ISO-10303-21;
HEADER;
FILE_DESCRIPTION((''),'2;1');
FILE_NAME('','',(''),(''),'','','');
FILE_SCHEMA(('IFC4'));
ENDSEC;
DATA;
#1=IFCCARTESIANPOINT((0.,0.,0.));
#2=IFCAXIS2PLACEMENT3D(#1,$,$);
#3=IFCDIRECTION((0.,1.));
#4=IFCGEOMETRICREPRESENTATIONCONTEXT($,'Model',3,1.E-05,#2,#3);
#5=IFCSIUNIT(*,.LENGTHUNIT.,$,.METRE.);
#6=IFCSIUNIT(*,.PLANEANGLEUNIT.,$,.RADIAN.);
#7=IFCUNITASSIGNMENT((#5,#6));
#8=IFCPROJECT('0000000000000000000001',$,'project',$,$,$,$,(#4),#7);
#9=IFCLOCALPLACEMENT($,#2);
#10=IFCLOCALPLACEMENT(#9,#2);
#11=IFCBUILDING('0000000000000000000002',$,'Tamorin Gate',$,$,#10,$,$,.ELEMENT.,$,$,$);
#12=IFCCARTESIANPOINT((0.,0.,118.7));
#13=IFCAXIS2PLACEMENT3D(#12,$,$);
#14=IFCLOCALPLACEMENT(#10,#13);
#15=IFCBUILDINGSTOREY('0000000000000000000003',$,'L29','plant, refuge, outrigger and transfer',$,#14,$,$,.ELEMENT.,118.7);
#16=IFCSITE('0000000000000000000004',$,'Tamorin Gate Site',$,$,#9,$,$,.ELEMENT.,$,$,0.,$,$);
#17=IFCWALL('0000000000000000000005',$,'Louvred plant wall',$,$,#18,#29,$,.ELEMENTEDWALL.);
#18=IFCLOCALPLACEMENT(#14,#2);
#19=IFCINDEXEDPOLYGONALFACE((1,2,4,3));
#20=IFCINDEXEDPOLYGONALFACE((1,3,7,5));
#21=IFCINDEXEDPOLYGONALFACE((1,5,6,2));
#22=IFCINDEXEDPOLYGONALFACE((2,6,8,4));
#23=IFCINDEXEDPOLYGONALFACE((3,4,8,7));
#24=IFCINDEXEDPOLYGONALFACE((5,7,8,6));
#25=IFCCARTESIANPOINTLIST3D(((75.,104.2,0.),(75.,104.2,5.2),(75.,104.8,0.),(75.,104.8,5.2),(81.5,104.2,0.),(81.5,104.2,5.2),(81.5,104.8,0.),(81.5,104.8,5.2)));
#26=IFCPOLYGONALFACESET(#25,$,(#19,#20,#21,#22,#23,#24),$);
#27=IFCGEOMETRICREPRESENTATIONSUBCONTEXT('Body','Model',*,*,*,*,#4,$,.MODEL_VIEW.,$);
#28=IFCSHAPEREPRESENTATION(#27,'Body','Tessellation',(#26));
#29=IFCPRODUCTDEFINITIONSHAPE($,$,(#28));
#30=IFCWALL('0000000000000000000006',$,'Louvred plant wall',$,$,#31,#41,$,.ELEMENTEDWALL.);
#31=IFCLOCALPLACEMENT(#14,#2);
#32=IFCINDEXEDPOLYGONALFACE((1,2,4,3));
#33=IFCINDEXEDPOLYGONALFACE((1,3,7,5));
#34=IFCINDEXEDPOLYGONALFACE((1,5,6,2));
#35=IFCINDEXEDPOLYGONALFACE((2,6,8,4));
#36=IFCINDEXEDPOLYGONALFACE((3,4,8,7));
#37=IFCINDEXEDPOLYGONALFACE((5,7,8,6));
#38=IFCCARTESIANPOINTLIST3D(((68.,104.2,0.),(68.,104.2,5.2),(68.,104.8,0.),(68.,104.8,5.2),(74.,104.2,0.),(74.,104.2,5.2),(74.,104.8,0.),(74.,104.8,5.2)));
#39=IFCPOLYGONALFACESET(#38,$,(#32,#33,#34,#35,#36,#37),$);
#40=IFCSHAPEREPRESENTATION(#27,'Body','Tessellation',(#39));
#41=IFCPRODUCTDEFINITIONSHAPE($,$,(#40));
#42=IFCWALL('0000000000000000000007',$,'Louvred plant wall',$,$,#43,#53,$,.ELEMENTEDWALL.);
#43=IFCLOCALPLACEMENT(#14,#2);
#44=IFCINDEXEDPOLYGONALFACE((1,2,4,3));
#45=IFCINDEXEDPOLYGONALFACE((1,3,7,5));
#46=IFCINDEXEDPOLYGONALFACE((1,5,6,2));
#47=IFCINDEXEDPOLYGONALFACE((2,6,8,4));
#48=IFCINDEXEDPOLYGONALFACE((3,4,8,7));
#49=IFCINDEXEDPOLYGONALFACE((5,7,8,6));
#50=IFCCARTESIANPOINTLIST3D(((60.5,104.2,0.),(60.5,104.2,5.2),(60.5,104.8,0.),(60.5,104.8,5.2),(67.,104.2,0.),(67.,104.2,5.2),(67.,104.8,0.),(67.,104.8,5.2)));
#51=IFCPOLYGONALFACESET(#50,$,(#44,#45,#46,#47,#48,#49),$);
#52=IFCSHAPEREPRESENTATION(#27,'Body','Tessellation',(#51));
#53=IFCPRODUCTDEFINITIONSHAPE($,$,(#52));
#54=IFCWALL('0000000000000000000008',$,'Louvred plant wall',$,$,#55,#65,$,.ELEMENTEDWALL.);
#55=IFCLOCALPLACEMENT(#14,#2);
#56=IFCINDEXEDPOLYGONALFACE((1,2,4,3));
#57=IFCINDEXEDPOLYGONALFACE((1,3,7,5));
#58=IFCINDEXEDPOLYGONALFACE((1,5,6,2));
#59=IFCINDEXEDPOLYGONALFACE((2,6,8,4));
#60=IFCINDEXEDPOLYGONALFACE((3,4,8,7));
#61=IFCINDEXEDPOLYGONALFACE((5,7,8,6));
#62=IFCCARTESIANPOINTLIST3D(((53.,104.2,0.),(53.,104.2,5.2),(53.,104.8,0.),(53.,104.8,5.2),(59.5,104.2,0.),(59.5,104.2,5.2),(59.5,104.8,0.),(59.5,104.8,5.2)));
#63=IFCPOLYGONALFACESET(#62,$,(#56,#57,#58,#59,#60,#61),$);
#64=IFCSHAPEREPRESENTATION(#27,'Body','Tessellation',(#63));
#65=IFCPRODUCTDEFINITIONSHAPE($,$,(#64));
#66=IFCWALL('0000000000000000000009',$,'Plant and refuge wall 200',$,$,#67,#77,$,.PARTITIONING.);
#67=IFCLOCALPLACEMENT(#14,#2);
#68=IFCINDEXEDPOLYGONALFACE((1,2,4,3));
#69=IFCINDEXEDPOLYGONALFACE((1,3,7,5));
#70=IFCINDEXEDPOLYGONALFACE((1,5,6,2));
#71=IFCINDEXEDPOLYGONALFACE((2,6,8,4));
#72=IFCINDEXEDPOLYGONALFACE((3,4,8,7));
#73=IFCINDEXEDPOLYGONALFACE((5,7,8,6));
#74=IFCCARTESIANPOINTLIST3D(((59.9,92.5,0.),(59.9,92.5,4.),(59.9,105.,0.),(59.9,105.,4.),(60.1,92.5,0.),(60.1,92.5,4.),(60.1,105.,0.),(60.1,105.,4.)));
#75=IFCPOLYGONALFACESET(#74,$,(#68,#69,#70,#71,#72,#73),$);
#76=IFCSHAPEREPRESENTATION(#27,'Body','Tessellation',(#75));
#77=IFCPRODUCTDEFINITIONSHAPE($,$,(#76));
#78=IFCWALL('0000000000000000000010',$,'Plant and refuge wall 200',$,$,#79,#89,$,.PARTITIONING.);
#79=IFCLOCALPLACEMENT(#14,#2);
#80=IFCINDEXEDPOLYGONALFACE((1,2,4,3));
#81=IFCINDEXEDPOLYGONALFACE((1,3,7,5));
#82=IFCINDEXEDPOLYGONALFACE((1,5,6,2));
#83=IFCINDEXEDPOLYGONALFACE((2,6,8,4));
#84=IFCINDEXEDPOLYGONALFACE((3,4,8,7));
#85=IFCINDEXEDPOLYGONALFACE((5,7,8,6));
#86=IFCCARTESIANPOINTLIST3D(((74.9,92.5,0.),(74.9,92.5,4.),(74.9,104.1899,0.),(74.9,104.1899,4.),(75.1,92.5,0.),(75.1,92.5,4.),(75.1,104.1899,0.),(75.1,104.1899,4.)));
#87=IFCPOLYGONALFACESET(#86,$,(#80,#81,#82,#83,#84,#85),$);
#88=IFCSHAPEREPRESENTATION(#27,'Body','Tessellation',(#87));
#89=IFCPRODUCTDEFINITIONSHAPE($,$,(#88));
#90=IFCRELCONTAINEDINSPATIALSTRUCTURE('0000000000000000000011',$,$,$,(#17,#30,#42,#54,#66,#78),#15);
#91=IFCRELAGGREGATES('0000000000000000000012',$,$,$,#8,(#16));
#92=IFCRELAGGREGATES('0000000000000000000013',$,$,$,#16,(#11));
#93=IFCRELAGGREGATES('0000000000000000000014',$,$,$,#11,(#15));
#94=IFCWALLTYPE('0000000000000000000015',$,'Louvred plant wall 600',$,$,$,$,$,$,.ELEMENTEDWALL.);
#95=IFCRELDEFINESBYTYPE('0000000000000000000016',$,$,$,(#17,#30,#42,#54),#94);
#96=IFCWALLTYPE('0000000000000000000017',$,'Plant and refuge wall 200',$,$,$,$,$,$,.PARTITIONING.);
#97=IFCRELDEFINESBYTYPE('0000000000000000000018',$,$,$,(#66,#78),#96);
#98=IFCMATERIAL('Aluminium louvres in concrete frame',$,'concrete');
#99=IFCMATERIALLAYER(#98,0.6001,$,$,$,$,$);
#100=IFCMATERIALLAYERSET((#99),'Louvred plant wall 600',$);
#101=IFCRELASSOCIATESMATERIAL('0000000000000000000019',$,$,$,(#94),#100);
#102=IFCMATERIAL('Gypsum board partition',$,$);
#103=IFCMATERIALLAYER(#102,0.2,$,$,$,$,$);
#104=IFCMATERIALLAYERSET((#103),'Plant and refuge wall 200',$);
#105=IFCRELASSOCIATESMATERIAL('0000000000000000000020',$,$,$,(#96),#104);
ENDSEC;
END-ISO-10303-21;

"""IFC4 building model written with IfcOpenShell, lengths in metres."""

from ifc_helpers import new_model, si_unit, direction, frame, frame_2d, origin, place, context, subcontext, project, spatial, rectangle, extrude, material, layer, layer_set, type_object, element, save


model = new_model("IFC4")

# Units and contexts
model_context = context("Model", 3, precision=1e-05, world=origin(), true_north=direction((0.0, 1.0)))
body_context = subcontext(model_context, "Body", "Model", "MODEL_VIEW")
ifc_project = project(units=[si_unit("LENGTHUNIT", "METRE"), si_unit("PLANEANGLEUNIT", "RADIAN")], contexts=[model_context])

# Site, building, storey
site_placement = place(None, origin())
site = spatial("IfcSite", under=ifc_project, at=site_placement, Name="Tamorin Gate Site", CompositionType="ELEMENT", RefElevation=0.0)
building_placement = place(site_placement, origin())
building = spatial("IfcBuilding", under=site, at=building_placement, Name="Tamorin Gate", CompositionType="ELEMENT")
storey_placement = place(building_placement, frame((0.0, 0.0, 118.7)))
storey = spatial("IfcBuildingStorey", under=building, at=storey_placement, Name="L29", Description="plant, refuge, outrigger and transfer", CompositionType="ELEMENT", Elevation=118.7)

# Walls
ifc_material_1 = material(Name="Aluminium louvres in concrete frame", Category="concrete")
ifc_layer_1 = layer(ifc_material_1, 0.6001)
ifc_layer_set_1 = layer_set([ifc_layer_1], Name="Louvred plant wall 600")
wall_type_1 = type_object("IfcWallType", Name="Louvred plant wall 600", PredefinedType="ELEMENTEDWALL", material=ifc_layer_set_1)
wall_1_placement = place(storey_placement, frame((81.5, 104.5, 0.0), z_axis=(0.0, 0.0, 1.0), x_axis=(-1.0, 0.0, 0.0)))
element("IfcWall", 1, at=wall_1_placement, inside=storey, type_object=wall_type_1, Name="Louvred plant wall", PredefinedType="ELEMENTEDWALL", context=body_context, shape_type="SweptSolid", body=[
    extrude(rectangle(XDim=6.5, YDim=0.6001, at=frame_2d((3.25, 0.0))), origin(), (0.0, 0.0, 1.0), 5.2),
])
wall_2_placement = place(storey_placement, frame((74.0, 104.5, 0.0), z_axis=(0.0, 0.0, 1.0), x_axis=(-1.0, 0.0, 0.0)))
element("IfcWall", 2, at=wall_2_placement, inside=storey, type_object=wall_type_1, Name="Louvred plant wall", PredefinedType="ELEMENTEDWALL", context=body_context, shape_type="SweptSolid", body=[
    extrude(rectangle(XDim=6.0, YDim=0.6001, at=frame_2d((3.0, 0.0))), origin(), (0.0, 0.0, 1.0), 5.2),
])
for number, where, z_axis, x_axis, name in (
    (3, (67.0, 104.5, 0.0), (0.0, 0.0, 1.0), (-1.0, 0.0, 0.0), "Louvred plant wall"),
    (4, (59.5, 104.5, 0.0), (0.0, 0.0, 1.0), (-1.0, 0.0, 0.0), "Louvred plant wall"),
):
    element("IfcWall", number, at=place(storey_placement, frame(where, z_axis=z_axis, x_axis=x_axis)), inside=storey, type_object=wall_type_1, Name=name, PredefinedType="ELEMENTEDWALL", context=body_context, shape_type="SweptSolid", body=[
        extrude(rectangle(XDim=6.5, YDim=0.6001, at=frame_2d((3.25, 0.0))), origin(), (0.0, 0.0, 1.0), 5.2),
    ])
ifc_material_2 = material(Name="Gypsum board partition")
ifc_layer_2 = layer(ifc_material_2, 0.2)
ifc_layer_set_2 = layer_set([ifc_layer_2], Name="Plant and refuge wall 200")
wall_type_2 = type_object("IfcWallType", Name="Plant and refuge wall 200", PredefinedType="PARTITIONING", material=ifc_layer_set_2)
wall_3_placement = place(storey_placement, frame((60.0, 92.5, 0.0), z_axis=(0.0, 0.0, 1.0), x_axis=(0.0, 1.0, 0.0)))
element("IfcWall", 5, at=wall_3_placement, inside=storey, type_object=wall_type_2, Name="Plant and refuge wall 200", PredefinedType="PARTITIONING", context=body_context, shape_type="SweptSolid", body=[
    extrude(rectangle(XDim=12.5, YDim=0.2, at=frame_2d((6.25, 0.0))), origin(), (0.0, 0.0, 1.0), 4.0),
])
wall_4_placement = place(storey_placement, frame((75.0, 92.5, 0.0), z_axis=(0.0, 0.0, 1.0), x_axis=(0.0, 1.0, 0.0)))
element("IfcWall", 6, at=wall_4_placement, inside=storey, type_object=wall_type_2, Name="Plant and refuge wall 200", PredefinedType="PARTITIONING", context=body_context, shape_type="SweptSolid", body=[
    extrude(rectangle(XDim=11.6899, YDim=0.2, at=frame_2d((5.845, 0.0))), origin(), (0.0, 0.0, 1.0), 4.0),
])

save(model, "model.ifc")
